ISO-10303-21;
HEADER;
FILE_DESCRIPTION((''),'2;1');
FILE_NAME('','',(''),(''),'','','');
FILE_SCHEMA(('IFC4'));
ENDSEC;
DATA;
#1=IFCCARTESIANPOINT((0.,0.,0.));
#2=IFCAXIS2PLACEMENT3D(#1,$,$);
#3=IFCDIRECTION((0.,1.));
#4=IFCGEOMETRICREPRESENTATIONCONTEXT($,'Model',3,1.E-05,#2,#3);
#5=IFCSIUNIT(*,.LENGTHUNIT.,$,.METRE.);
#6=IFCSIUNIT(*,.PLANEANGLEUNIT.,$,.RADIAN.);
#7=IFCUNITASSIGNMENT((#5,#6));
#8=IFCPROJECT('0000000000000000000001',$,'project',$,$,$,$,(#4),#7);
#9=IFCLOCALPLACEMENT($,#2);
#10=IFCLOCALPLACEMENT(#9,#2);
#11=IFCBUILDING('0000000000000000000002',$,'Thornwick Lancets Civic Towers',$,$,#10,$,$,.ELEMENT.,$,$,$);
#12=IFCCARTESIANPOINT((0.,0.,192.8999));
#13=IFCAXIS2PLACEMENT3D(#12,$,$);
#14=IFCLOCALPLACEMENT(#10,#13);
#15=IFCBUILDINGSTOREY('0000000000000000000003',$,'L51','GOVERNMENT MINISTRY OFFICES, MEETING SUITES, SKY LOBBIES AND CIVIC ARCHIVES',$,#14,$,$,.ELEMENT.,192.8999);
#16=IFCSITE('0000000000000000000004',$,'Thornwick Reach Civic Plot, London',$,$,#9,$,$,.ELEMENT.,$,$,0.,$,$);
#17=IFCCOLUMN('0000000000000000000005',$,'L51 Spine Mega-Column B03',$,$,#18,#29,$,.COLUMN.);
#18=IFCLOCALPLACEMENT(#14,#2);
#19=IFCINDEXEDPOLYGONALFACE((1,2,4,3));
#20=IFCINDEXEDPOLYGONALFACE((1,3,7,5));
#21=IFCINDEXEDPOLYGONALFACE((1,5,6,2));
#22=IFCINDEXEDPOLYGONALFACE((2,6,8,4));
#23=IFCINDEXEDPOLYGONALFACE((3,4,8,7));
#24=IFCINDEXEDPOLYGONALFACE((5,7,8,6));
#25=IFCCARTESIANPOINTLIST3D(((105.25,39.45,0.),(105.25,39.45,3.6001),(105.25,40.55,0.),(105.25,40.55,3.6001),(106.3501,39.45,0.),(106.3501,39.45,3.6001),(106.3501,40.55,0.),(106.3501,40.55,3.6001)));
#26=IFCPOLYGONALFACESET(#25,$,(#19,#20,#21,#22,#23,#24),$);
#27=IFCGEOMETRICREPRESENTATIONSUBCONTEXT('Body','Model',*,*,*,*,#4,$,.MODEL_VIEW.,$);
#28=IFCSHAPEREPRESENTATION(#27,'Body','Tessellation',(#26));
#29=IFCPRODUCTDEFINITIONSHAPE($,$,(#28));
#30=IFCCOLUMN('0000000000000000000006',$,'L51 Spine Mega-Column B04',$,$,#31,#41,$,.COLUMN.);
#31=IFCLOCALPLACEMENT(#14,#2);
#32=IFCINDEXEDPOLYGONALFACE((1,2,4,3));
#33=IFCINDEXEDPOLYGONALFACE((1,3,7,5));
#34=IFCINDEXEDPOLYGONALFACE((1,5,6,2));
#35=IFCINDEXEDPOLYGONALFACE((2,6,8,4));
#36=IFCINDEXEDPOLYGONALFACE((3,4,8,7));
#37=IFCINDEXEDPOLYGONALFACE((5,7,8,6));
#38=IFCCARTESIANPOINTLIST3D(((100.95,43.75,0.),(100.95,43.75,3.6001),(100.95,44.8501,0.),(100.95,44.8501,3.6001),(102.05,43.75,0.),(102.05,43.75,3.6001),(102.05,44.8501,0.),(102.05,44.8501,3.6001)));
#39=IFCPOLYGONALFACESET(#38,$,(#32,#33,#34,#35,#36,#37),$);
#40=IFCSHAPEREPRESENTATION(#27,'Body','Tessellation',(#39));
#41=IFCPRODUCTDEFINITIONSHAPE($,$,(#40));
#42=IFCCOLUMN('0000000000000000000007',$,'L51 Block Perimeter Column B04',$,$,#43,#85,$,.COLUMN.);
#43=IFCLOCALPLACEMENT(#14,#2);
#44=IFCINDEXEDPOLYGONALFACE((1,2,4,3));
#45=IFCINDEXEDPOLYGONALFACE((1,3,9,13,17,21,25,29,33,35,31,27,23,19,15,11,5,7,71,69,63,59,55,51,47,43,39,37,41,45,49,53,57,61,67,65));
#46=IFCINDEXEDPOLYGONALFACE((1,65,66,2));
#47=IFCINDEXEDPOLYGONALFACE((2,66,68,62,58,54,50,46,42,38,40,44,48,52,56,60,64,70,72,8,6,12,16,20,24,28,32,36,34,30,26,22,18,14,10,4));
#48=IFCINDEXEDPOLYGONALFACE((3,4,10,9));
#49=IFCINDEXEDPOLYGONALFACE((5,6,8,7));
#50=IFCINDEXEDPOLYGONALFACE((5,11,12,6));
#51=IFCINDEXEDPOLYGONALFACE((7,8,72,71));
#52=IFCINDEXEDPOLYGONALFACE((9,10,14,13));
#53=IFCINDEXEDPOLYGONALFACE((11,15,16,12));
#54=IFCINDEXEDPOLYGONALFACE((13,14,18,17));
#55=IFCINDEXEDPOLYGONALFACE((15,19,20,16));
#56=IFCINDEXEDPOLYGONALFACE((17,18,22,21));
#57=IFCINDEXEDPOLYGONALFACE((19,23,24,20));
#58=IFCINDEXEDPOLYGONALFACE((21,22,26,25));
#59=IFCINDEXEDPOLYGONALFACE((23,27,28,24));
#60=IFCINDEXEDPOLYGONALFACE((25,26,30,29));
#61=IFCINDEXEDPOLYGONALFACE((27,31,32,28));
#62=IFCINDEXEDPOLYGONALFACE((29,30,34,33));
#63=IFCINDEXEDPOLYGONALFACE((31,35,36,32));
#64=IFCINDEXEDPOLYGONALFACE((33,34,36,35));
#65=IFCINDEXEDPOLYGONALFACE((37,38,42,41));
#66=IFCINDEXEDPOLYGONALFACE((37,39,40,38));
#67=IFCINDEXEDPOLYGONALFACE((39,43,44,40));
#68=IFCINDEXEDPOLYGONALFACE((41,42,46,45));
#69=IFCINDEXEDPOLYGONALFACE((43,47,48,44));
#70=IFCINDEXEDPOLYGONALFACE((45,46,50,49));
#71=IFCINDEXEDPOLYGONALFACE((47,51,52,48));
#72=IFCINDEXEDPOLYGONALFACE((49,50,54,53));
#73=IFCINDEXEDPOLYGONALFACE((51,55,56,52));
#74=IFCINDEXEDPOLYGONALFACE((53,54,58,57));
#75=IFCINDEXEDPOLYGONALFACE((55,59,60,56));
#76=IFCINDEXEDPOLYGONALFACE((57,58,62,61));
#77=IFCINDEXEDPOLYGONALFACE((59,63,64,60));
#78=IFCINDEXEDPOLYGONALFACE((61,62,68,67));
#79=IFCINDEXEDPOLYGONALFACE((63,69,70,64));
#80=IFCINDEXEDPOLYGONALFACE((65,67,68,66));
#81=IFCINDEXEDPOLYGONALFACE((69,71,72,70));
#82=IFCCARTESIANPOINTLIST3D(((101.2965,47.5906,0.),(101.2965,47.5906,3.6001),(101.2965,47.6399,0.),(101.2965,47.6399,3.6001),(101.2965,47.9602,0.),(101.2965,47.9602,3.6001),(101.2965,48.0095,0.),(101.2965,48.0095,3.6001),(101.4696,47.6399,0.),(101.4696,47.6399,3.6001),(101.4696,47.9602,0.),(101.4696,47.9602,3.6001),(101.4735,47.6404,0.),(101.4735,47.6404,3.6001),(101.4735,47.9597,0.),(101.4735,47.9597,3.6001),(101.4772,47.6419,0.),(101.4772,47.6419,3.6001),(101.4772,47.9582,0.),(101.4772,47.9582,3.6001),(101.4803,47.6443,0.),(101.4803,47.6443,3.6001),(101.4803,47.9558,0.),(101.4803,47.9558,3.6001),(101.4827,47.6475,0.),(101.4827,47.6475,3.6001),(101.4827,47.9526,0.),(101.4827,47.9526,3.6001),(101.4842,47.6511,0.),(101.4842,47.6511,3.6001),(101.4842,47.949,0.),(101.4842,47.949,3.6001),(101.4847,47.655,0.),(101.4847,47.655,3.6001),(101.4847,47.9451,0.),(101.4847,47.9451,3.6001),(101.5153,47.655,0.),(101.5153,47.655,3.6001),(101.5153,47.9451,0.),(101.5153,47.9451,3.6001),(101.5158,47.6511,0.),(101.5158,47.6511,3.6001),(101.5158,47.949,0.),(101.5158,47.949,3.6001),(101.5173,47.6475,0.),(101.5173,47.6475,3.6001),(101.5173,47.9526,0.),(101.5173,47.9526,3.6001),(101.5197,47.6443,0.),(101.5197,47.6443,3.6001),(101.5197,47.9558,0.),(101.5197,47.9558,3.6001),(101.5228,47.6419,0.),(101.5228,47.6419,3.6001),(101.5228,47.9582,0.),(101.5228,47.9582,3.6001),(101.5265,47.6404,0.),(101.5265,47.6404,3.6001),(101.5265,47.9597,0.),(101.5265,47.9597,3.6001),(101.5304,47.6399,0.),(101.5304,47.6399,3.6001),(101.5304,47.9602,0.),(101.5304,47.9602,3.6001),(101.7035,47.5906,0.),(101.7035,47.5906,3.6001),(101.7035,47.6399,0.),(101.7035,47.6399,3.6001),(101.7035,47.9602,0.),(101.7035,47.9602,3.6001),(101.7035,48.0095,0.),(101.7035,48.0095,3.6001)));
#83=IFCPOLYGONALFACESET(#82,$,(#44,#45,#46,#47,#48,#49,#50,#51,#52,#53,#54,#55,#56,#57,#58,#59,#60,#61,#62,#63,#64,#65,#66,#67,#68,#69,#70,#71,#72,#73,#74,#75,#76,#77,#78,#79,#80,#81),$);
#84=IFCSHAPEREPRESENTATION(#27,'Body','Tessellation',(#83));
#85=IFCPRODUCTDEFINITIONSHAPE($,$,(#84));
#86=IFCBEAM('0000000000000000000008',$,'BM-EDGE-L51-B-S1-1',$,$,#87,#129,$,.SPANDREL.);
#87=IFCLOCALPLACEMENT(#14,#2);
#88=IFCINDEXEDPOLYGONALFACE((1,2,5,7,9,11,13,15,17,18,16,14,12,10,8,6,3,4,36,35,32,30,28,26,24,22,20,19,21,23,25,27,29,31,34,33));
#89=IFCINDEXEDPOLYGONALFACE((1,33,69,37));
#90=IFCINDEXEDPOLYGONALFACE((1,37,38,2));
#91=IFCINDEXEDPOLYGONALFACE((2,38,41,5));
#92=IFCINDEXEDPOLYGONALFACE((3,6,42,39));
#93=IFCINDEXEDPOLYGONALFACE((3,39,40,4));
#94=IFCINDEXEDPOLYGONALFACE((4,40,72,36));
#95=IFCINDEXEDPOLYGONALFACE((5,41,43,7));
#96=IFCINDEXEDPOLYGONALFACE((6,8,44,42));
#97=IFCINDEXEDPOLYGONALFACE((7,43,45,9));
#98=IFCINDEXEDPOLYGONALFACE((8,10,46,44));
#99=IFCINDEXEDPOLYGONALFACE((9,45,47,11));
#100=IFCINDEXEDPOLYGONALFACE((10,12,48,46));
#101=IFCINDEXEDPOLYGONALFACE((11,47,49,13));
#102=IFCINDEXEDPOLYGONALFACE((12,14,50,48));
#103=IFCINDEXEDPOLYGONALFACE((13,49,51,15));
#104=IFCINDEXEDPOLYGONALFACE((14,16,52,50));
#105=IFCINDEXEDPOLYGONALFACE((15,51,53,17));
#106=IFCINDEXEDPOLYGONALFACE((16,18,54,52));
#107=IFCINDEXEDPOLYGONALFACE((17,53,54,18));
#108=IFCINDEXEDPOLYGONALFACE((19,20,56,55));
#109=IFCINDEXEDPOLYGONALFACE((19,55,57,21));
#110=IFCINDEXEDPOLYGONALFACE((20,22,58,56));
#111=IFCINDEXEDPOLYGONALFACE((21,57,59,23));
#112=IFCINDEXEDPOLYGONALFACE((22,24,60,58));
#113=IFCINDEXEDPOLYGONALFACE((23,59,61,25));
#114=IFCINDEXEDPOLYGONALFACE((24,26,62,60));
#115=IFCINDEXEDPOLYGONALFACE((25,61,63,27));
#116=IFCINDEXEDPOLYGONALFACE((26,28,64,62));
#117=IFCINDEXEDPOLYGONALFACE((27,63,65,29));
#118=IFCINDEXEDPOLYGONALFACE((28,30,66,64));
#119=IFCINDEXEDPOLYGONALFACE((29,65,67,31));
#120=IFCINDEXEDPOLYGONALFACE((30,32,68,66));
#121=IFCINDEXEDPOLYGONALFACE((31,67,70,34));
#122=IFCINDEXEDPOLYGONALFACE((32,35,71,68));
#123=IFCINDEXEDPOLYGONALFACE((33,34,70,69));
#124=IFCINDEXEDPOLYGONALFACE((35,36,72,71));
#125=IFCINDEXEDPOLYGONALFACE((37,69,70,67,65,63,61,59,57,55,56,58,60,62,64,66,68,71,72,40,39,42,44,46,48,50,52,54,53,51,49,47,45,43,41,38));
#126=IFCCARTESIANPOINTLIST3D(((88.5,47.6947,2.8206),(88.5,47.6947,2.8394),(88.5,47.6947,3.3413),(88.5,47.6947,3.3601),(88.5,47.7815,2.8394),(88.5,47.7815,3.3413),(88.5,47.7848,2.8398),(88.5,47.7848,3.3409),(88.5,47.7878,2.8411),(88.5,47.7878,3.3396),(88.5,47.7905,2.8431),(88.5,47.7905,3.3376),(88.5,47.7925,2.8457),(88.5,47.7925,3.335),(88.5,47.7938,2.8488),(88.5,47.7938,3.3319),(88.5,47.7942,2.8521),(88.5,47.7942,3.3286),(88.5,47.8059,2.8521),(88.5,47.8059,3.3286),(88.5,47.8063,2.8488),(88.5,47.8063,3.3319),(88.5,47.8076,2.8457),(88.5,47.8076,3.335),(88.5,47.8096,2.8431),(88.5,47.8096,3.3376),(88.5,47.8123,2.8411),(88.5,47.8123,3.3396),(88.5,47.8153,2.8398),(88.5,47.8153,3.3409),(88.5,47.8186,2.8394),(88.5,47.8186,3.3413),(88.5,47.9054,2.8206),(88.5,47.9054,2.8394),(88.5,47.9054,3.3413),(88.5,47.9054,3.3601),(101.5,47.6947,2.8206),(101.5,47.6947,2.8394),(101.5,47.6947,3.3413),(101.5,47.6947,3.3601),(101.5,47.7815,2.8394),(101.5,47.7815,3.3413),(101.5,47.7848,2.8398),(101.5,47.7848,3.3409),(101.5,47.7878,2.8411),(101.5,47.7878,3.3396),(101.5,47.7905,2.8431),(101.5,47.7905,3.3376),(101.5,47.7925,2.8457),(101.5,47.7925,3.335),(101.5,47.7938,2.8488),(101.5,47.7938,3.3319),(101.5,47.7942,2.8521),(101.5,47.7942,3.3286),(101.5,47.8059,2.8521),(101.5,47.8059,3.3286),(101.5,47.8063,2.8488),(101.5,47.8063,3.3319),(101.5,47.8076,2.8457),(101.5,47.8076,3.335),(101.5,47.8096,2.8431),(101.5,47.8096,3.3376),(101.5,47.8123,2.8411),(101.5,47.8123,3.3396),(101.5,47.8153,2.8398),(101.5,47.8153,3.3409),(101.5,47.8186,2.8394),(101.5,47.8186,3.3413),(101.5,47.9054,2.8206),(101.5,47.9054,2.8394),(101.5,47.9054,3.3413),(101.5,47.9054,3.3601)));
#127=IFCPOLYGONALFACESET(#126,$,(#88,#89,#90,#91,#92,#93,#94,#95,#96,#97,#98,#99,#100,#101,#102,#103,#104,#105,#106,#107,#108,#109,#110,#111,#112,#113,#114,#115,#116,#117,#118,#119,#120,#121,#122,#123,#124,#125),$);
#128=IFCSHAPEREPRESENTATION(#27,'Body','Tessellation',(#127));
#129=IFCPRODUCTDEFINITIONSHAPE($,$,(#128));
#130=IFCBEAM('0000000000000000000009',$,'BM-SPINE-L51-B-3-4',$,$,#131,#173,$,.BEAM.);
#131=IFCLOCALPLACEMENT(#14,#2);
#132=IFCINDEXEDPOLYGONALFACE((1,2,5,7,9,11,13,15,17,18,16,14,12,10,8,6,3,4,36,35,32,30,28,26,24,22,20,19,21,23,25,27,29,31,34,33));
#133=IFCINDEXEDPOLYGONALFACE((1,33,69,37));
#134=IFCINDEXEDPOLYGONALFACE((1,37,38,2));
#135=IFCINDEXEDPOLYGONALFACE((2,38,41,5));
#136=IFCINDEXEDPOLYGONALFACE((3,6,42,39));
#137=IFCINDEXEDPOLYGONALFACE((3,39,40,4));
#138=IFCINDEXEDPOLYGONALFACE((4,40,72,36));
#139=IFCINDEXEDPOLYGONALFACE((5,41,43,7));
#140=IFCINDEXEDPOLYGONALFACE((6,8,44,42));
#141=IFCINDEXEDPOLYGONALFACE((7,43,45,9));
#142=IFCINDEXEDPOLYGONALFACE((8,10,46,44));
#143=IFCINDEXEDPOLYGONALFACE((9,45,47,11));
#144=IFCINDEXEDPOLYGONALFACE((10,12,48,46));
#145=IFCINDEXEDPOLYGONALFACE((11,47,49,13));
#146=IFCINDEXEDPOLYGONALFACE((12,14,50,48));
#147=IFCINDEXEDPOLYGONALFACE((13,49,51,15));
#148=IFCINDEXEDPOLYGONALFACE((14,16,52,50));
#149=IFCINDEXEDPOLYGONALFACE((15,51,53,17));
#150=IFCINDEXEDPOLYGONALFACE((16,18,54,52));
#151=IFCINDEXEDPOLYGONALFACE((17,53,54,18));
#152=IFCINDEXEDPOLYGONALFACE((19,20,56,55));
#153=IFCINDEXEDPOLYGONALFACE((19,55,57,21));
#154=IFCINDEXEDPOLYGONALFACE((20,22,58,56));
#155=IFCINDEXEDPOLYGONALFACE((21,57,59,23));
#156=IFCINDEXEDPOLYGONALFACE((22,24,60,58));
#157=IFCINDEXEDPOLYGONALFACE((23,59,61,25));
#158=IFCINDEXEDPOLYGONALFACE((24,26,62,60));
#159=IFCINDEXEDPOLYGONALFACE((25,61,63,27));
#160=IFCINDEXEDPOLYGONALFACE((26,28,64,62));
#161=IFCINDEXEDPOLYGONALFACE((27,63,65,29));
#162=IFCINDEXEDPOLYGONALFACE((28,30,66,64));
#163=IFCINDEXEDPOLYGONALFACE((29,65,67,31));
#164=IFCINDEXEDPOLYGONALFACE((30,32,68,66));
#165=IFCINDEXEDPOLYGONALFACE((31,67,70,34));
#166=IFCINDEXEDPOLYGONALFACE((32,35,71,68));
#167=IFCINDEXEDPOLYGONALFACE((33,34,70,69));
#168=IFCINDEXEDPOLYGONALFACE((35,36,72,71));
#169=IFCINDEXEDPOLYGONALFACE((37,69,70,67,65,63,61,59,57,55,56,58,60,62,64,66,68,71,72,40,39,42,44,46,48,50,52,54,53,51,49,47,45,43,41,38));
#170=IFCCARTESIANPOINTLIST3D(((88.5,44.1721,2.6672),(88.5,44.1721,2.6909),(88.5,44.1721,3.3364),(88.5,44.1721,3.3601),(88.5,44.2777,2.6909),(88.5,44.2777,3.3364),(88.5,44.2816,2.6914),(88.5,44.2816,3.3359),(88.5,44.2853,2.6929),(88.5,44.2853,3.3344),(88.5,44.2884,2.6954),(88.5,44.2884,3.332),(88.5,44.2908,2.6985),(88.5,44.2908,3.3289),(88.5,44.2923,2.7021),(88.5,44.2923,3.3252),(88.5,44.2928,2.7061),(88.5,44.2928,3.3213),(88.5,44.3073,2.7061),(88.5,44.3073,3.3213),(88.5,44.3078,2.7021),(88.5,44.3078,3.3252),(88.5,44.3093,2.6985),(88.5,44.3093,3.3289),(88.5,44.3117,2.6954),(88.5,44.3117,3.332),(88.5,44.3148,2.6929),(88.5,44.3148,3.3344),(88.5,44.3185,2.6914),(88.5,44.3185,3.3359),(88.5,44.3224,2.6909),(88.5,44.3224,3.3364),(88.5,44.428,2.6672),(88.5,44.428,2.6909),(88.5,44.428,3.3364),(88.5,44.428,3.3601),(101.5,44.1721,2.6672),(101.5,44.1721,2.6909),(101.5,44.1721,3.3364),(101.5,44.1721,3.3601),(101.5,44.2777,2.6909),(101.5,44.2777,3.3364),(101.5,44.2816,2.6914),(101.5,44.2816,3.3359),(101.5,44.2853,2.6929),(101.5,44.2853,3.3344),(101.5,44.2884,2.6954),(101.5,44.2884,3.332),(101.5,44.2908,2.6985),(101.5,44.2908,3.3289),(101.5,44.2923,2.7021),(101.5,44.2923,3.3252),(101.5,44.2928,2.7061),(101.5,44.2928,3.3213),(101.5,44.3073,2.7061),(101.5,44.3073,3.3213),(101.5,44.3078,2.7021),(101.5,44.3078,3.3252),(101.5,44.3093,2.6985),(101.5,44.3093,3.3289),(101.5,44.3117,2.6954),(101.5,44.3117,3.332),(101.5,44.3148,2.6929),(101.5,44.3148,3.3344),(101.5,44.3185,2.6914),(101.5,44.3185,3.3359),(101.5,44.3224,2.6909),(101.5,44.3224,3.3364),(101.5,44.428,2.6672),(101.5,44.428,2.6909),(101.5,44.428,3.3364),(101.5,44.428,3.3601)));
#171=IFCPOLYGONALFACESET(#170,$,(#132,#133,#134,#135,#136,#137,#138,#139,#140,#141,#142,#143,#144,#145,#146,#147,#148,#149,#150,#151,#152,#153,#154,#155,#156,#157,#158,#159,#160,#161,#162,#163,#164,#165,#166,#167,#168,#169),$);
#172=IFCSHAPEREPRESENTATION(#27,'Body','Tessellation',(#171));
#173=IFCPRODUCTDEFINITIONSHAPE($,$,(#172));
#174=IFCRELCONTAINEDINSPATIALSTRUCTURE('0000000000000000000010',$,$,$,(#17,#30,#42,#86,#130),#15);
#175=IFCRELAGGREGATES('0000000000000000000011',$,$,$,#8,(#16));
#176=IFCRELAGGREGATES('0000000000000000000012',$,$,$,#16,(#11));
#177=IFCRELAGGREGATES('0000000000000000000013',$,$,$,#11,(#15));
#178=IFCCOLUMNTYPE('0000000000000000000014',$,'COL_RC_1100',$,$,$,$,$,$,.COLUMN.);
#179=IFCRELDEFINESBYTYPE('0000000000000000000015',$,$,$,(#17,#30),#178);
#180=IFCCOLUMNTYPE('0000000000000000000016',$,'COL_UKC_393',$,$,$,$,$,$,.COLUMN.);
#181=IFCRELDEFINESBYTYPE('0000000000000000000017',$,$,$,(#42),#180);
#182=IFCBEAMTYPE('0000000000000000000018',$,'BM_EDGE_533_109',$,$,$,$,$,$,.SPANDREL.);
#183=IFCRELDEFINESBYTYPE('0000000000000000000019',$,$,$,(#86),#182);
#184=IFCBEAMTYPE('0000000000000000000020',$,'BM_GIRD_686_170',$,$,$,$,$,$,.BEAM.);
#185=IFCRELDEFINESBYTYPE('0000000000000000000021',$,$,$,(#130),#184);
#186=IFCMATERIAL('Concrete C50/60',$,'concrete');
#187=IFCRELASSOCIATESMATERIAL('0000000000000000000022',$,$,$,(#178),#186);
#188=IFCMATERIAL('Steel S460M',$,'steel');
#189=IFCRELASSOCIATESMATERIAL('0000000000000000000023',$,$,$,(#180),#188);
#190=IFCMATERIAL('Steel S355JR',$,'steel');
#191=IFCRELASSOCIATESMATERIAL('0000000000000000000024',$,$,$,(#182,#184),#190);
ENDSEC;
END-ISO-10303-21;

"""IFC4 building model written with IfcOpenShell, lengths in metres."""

from ifc_helpers import new_model, si_unit, direction, frame, origin, origin_2d, place, context, subcontext, project, spatial, rectangle, i_section, extrude, material, material_profile, profile_set, type_object, element, save


model = new_model("IFC4")

# Units and contexts
model_context = context("Model", 3, precision=1e-05, world=origin(), true_north=direction((0.0, 1.0)))
body_context = subcontext(model_context, "Body", "Model", "MODEL_VIEW")
ifc_project = project(units=[si_unit("LENGTHUNIT", "METRE"), si_unit("PLANEANGLEUNIT", "RADIAN")], contexts=[model_context])

# Site, building, storey
site_placement = place(None, origin())
site = spatial("IfcSite", under=ifc_project, at=site_placement, Name="Thornwick Reach Civic Plot, London", CompositionType="ELEMENT", RefElevation=0.0)
building_placement = place(site_placement, origin())
building = spatial("IfcBuilding", under=site, at=building_placement, Name="Thornwick Lancets Civic Towers", CompositionType="ELEMENT")
storey_placement = place(building_placement, frame((0.0, 0.0, 192.8999)))
storey = spatial("IfcBuildingStorey", under=building, at=storey_placement, Name="L51", Description="GOVERNMENT MINISTRY OFFICES, MEETING SUITES, SKY LOBBIES AND CIVIC ARCHIVES", CompositionType="ELEMENT", Elevation=192.8999)

# Columns
ifc_material_1 = material(Name="Concrete C50/60", Category="concrete")
ifc_material_profile_1 = material_profile(ifc_material_1, rectangle(XDim=1.1001, YDim=1.1001, at=origin_2d()), Name="RC 1100x1100")
ifc_profile_set_1 = profile_set([ifc_material_profile_1], Name="Concrete C50/60")
column_type_1 = type_object("IfcColumnType", Name="COL_RC_1100", PredefinedType="COLUMN", material=ifc_profile_set_1)
for number, where, z_axis, x_axis, name in (
    (1, (105.8, 40.0, 0.0), (0.0, 0.0, 1.0), (1.0, 0.0, 0.0), "L51 Spine Mega-Column B03"),
    (2, (101.5, 44.3, 0.0), (0.0, 0.0, 1.0), (1.0, 0.0, 0.0), "L51 Spine Mega-Column B04"),
):
    element("IfcColumn", number, at=place(storey_placement, frame(where, z_axis=z_axis, x_axis=x_axis)), inside=storey, type_object=column_type_1, Name=name, PredefinedType="COLUMN", context=body_context, shape_type="SweptSolid", body=[
        extrude(rectangle(XDim=1.1001, YDim=1.1001, at=origin_2d()), origin(), (0.0, 0.0, 1.0), 3.6001),
    ])
ifc_material_2 = material(Name="Steel S460M", Category="steel")
ifc_material_profile_2 = material_profile(ifc_material_2, i_section(OverallWidth=0.407, OverallDepth=0.4189, WebThickness=0.0305, FlangeThickness=0.0493, FilletRadius=0.0151, at=origin_2d()), Name="UKC 356x406x393")
ifc_profile_set_2 = profile_set([ifc_material_profile_2], Name="Steel S460M")
column_type_2 = type_object("IfcColumnType", Name="COL_UKC_393", PredefinedType="COLUMN", material=ifc_profile_set_2)
column_placement = place(storey_placement, frame((101.5, 47.8, 0.0), z_axis=(0.0, 0.0, 1.0), x_axis=(1.0, 0.0, 0.0)))
element("IfcColumn", 3, at=column_placement, inside=storey, type_object=column_type_2, Name="L51 Block Perimeter Column B04", PredefinedType="COLUMN", context=body_context, shape_type="SweptSolid", body=[
    extrude(i_section(OverallWidth=0.407, OverallDepth=0.4189, WebThickness=0.0305, FlangeThickness=0.0493, FilletRadius=0.0151, at=origin_2d()), origin(), (0.0, 0.0, 1.0), 3.6001),
])

# Beams
ifc_material_3 = material(Name="Steel S355JR", Category="steel")
ifc_material_profile_3 = material_profile(ifc_material_3, i_section(OverallWidth=0.2107, OverallDepth=0.5396, WebThickness=0.0117, FlangeThickness=0.0188, FilletRadius=0.0127, at=origin_2d()), Name="UKB 533x210x109")
ifc_profile_set_3 = profile_set([ifc_material_profile_3], Name="Steel S355JR")
beam_type_1 = type_object("IfcBeamType", Name="BM_EDGE_533_109", PredefinedType="SPANDREL", material=ifc_profile_set_3)
beam_1_placement = place(storey_placement, frame((101.5, 47.8, 3.0903), z_axis=(-1.0, 0.0, 0.0), x_axis=(0.0, -1.0, 0.0)))
element("IfcBeam", 4, at=beam_1_placement, inside=storey, type_object=beam_type_1, Name="BM-EDGE-L51-B-S1-1", PredefinedType="SPANDREL", context=body_context, shape_type="SweptSolid", body=[
    extrude(i_section(OverallWidth=0.2107, OverallDepth=0.5396, WebThickness=0.0117, FlangeThickness=0.0188, FilletRadius=0.0127, at=origin_2d()), origin(), (0.0, 0.0, 1.0), 13.0),
])
ifc_material_profile_4 = material_profile(ifc_material_3, i_section(OverallWidth=0.2559, OverallDepth=0.6929, WebThickness=0.0144, FlangeThickness=0.0237, FilletRadius=0.0151, at=origin_2d()), Name="UKB 686x254x170")
ifc_profile_set_4 = profile_set([ifc_material_profile_4], Name="Steel S355JR")
beam_type_2 = type_object("IfcBeamType", Name="BM_GIRD_686_170", PredefinedType="BEAM", material=ifc_profile_set_4)
beam_2_placement = place(storey_placement, frame((101.5, 44.3, 3.0137), z_axis=(-1.0, 0.0, 0.0), x_axis=(0.0, -1.0, 0.0)))
element("IfcBeam", 5, at=beam_2_placement, inside=storey, type_object=beam_type_2, Name="BM-SPINE-L51-B-3-4", PredefinedType="BEAM", context=body_context, shape_type="SweptSolid", body=[
    extrude(i_section(OverallWidth=0.2559, OverallDepth=0.6929, WebThickness=0.0144, FlangeThickness=0.0237, FilletRadius=0.0151, at=origin_2d()), origin(), (0.0, 0.0, 1.0), 13.0),
])

save(model, "model.ifc")
